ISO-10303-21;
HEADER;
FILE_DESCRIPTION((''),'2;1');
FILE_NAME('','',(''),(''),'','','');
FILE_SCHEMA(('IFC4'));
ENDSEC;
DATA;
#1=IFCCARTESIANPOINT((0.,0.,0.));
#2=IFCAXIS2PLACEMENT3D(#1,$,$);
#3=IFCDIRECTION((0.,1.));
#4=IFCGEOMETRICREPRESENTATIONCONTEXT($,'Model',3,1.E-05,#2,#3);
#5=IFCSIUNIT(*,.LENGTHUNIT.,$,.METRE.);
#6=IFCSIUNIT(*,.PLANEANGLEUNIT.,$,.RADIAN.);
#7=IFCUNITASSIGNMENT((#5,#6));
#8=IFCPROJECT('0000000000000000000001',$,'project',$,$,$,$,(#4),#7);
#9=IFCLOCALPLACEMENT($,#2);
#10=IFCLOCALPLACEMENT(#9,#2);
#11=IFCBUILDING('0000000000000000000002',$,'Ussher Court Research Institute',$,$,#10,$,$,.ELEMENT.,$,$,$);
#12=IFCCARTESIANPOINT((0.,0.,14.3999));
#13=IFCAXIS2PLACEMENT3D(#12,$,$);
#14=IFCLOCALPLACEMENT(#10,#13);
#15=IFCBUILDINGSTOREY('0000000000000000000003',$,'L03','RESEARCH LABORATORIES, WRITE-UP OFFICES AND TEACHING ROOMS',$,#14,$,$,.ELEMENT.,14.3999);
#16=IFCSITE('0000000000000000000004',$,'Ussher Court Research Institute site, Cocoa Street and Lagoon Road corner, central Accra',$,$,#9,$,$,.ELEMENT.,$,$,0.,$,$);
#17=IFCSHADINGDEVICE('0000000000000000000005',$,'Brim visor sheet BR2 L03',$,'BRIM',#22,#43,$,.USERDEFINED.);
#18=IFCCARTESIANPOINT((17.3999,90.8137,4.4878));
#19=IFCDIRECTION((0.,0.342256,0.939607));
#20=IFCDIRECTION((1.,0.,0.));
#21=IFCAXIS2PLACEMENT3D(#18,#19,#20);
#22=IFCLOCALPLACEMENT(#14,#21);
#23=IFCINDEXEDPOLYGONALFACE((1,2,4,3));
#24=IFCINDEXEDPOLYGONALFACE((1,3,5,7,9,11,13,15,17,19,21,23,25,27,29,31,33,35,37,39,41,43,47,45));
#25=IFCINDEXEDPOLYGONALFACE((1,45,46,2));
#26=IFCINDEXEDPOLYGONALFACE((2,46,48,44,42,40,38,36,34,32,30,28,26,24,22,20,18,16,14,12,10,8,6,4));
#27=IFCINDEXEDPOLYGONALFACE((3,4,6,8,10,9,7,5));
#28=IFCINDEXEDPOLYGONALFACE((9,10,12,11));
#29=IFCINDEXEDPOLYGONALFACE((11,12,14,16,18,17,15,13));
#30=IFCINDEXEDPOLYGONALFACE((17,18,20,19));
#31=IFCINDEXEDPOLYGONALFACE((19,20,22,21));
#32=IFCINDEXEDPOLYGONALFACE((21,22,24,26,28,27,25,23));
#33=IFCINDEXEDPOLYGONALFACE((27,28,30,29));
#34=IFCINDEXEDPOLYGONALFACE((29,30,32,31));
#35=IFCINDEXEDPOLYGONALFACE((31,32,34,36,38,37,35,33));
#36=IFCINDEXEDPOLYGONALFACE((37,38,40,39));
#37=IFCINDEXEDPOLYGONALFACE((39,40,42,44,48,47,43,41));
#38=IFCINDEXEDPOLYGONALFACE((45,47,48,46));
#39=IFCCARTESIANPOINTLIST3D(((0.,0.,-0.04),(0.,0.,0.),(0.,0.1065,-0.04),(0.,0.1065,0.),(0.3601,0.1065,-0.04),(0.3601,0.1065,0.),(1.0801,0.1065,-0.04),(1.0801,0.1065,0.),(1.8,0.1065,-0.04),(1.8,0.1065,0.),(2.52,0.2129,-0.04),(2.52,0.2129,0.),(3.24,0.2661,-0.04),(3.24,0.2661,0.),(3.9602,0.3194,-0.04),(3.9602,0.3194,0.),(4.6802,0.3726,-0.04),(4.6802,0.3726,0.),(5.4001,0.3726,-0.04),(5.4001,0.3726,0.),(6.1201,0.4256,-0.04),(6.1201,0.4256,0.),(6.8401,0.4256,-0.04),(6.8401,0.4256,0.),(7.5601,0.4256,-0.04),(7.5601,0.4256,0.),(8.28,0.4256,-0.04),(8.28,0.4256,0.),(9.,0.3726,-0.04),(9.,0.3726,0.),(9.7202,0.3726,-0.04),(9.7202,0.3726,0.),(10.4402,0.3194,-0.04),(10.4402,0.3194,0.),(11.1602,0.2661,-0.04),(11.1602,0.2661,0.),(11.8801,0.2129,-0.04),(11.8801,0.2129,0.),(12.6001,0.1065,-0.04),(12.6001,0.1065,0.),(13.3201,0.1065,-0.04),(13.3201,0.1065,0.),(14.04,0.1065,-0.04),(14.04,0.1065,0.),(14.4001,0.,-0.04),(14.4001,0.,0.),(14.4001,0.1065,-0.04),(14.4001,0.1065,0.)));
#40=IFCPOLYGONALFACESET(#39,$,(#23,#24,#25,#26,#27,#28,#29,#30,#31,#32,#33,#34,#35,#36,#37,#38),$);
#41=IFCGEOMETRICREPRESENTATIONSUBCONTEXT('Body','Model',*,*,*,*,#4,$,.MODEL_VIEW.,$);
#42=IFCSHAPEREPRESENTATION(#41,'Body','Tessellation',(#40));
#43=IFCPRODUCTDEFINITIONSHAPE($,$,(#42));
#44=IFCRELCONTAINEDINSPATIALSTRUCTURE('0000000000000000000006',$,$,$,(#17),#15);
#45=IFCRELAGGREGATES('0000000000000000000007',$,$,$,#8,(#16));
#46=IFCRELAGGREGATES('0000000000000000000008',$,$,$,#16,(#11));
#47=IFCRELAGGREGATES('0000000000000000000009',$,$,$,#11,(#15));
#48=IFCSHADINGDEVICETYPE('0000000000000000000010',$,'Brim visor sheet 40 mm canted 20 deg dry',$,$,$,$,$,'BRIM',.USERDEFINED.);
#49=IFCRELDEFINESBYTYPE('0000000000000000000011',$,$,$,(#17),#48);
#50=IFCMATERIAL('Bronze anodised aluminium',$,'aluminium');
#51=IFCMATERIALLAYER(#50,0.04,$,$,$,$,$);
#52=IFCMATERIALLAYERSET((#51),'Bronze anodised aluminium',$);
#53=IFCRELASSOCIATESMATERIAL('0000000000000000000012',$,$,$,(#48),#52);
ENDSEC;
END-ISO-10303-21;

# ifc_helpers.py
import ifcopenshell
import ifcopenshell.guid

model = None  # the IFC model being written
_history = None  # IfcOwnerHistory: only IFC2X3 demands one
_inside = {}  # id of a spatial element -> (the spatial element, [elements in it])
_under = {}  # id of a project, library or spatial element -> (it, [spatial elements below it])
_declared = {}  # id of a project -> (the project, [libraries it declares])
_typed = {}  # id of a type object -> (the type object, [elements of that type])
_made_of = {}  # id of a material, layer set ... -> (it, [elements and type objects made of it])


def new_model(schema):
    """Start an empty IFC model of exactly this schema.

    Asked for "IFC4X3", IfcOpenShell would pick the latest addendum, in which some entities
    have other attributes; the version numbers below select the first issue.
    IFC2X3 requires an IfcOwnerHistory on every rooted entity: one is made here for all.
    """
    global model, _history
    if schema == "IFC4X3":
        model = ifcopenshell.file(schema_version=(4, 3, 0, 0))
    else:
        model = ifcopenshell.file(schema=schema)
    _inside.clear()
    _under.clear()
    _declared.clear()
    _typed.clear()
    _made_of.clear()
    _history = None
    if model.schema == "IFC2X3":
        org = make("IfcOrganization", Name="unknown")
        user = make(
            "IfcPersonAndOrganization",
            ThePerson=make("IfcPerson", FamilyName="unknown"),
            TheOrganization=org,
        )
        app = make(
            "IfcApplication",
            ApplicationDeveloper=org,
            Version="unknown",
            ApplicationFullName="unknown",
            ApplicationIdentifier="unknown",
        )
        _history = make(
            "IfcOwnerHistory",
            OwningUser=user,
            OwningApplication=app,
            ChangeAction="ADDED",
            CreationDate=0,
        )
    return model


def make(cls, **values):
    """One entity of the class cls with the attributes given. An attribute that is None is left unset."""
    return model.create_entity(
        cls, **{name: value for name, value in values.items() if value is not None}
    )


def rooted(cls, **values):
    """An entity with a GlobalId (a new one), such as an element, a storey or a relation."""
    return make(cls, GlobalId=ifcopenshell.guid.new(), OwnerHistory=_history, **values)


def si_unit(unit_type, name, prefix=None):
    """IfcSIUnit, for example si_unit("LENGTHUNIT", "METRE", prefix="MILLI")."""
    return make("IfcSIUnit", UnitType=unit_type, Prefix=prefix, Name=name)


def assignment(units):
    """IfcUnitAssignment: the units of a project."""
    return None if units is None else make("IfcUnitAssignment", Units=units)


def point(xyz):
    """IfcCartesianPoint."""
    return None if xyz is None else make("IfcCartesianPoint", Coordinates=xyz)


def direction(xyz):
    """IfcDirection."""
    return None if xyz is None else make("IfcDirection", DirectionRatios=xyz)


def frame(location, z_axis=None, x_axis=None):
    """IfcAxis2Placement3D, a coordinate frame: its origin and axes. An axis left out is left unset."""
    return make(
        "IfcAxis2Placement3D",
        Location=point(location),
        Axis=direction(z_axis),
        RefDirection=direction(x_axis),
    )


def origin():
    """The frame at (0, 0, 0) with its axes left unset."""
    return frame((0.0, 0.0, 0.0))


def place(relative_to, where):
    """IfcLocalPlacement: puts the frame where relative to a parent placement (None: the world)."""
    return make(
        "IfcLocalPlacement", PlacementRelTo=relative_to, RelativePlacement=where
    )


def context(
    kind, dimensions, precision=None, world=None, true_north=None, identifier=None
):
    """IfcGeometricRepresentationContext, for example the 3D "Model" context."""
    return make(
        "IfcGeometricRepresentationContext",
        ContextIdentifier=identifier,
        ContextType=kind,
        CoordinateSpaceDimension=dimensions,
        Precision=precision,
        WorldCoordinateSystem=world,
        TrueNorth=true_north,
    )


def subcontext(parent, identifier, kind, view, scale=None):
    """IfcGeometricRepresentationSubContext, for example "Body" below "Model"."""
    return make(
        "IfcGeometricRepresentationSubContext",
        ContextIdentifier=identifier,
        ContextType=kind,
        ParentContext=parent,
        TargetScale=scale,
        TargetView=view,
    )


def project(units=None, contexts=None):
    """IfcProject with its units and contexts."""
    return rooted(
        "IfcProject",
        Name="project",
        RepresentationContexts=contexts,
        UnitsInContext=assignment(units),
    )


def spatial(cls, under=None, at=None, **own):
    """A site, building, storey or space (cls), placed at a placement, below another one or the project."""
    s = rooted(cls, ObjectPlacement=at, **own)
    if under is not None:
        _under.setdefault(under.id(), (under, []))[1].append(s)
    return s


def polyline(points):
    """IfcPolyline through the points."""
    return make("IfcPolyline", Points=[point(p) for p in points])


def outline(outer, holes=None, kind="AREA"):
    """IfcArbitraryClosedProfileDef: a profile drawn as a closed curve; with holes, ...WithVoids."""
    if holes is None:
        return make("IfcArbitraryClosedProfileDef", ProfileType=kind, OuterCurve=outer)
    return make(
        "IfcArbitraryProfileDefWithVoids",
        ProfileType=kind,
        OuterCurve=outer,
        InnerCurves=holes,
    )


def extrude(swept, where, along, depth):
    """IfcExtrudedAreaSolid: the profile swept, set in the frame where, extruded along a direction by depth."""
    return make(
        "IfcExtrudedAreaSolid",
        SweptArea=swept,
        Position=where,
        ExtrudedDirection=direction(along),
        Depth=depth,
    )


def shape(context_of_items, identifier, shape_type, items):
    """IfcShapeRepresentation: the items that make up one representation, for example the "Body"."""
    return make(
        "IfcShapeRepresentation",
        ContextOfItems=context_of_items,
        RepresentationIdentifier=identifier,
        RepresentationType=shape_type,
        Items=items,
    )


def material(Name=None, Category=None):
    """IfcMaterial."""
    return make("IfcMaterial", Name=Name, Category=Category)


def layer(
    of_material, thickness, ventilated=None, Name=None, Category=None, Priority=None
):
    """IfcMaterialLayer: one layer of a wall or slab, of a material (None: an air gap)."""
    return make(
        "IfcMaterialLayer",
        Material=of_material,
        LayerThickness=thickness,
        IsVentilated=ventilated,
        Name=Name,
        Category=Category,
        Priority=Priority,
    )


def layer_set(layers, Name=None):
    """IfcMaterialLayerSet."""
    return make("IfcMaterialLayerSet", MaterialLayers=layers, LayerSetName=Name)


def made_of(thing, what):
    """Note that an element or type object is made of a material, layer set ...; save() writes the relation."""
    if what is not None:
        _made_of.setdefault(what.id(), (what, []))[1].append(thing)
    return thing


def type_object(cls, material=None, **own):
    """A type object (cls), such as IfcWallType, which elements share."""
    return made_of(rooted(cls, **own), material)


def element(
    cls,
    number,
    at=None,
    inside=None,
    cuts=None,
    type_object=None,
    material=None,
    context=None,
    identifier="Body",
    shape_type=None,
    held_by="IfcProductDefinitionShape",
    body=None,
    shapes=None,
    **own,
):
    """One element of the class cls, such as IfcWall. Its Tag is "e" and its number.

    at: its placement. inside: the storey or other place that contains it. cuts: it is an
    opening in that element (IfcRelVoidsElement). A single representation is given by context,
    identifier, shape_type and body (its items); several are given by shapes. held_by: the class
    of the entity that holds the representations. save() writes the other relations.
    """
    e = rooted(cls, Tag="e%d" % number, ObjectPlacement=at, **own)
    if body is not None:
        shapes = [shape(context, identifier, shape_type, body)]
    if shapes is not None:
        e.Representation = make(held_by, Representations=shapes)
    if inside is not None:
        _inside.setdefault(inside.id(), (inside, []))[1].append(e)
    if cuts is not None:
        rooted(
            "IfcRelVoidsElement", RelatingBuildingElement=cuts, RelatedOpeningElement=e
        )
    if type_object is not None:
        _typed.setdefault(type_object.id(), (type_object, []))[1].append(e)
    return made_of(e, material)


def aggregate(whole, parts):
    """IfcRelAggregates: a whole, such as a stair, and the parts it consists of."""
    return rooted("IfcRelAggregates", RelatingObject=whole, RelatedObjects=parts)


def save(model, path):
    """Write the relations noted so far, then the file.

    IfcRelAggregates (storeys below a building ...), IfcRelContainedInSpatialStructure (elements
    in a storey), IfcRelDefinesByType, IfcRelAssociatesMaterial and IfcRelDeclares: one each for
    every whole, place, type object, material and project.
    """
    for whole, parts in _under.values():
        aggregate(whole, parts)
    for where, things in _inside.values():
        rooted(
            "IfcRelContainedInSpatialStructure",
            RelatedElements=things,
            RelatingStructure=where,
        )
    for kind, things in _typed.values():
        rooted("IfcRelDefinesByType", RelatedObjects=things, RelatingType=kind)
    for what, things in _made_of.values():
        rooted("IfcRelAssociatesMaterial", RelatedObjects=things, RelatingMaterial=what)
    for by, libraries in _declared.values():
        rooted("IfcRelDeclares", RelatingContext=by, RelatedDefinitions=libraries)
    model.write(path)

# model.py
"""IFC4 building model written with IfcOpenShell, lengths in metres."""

from ifc_helpers import new_model, si_unit, direction, frame, origin, place, context, subcontext, project, spatial, polyline, outline, extrude, material, layer, layer_set, type_object, element, save


model = new_model("IFC4")

# Units and contexts
model_context = context("Model", 3, precision=1e-05, world=origin(), true_north=direction((0.0, 1.0)))
body_context = subcontext(model_context, "Body", "Model", "MODEL_VIEW")
ifc_project = project(units=[si_unit("LENGTHUNIT", "METRE"), si_unit("PLANEANGLEUNIT", "RADIAN")], contexts=[model_context])

# Site, building, storey
site_placement = place(None, origin())
site = spatial("IfcSite", under=ifc_project, at=site_placement, Name="Ussher Court Research Institute site, Cocoa Street and Lagoon Road corner, central Accra", CompositionType="ELEMENT", RefElevation=0.0)
building_placement = place(site_placement, origin())
building = spatial("IfcBuilding", under=site, at=building_placement, Name="Ussher Court Research Institute", CompositionType="ELEMENT")
storey_placement = place(building_placement, frame((0.0, 0.0, 14.3999)))
storey = spatial("IfcBuildingStorey", under=building, at=storey_placement, Name="L03", Description="RESEARCH LABORATORIES, WRITE-UP OFFICES AND TEACHING ROOMS", CompositionType="ELEMENT", Elevation=14.3999)

# Shading device
ifc_material_1 = material(Name="Bronze anodised aluminium", Category="aluminium")
ifc_layer_1 = layer(ifc_material_1, 0.04)
ifc_layer_set_1 = layer_set([ifc_layer_1], Name="Bronze anodised aluminium")
shading_device_type_1 = type_object("IfcShadingDeviceType", Name="Brim visor sheet 40 mm canted 20 deg dry", ElementType="BRIM", PredefinedType="USERDEFINED", material=ifc_layer_set_1)
shading_device_1_placement = place(storey_placement, frame((17.3999, 90.8137, 4.4878), z_axis=(0.0, 0.342256, 0.939607), x_axis=(1.0, 0.0, 0.0)))
element("IfcShadingDevice", 1, at=shading_device_1_placement, inside=storey, type_object=shading_device_type_1, Name="Brim visor sheet BR2 L03", ObjectType="BRIM", PredefinedType="USERDEFINED", context=body_context, shape_type="SweptSolid", body=[
    extrude(outline(polyline([(0.0, 0.0), (14.4001, 0.0), (14.4001, 0.1065), (14.04, 0.1065), (13.3201, 0.1065), (12.6001, 0.1065), (11.8801, 0.2129), (11.1602, 0.2661), (10.4402, 0.3194), (9.7202, 0.3726), (9.0, 0.3726), (8.28, 0.4256), (7.5601, 0.4256), (6.8401, 0.4256), (6.1201, 0.4256), (5.4001, 0.3726), (4.6802, 0.3726), (3.9602, 0.3194), (3.24, 0.2661), (2.52, 0.2129), (1.8, 0.1065), (1.0801, 0.1065), (0.3601, 0.1065), (0.0, 0.1065), (0.0, 0.0)])), origin(), (0.0, 0.0, -1.0), 0.04),
])

save(model, "model.ifc")
